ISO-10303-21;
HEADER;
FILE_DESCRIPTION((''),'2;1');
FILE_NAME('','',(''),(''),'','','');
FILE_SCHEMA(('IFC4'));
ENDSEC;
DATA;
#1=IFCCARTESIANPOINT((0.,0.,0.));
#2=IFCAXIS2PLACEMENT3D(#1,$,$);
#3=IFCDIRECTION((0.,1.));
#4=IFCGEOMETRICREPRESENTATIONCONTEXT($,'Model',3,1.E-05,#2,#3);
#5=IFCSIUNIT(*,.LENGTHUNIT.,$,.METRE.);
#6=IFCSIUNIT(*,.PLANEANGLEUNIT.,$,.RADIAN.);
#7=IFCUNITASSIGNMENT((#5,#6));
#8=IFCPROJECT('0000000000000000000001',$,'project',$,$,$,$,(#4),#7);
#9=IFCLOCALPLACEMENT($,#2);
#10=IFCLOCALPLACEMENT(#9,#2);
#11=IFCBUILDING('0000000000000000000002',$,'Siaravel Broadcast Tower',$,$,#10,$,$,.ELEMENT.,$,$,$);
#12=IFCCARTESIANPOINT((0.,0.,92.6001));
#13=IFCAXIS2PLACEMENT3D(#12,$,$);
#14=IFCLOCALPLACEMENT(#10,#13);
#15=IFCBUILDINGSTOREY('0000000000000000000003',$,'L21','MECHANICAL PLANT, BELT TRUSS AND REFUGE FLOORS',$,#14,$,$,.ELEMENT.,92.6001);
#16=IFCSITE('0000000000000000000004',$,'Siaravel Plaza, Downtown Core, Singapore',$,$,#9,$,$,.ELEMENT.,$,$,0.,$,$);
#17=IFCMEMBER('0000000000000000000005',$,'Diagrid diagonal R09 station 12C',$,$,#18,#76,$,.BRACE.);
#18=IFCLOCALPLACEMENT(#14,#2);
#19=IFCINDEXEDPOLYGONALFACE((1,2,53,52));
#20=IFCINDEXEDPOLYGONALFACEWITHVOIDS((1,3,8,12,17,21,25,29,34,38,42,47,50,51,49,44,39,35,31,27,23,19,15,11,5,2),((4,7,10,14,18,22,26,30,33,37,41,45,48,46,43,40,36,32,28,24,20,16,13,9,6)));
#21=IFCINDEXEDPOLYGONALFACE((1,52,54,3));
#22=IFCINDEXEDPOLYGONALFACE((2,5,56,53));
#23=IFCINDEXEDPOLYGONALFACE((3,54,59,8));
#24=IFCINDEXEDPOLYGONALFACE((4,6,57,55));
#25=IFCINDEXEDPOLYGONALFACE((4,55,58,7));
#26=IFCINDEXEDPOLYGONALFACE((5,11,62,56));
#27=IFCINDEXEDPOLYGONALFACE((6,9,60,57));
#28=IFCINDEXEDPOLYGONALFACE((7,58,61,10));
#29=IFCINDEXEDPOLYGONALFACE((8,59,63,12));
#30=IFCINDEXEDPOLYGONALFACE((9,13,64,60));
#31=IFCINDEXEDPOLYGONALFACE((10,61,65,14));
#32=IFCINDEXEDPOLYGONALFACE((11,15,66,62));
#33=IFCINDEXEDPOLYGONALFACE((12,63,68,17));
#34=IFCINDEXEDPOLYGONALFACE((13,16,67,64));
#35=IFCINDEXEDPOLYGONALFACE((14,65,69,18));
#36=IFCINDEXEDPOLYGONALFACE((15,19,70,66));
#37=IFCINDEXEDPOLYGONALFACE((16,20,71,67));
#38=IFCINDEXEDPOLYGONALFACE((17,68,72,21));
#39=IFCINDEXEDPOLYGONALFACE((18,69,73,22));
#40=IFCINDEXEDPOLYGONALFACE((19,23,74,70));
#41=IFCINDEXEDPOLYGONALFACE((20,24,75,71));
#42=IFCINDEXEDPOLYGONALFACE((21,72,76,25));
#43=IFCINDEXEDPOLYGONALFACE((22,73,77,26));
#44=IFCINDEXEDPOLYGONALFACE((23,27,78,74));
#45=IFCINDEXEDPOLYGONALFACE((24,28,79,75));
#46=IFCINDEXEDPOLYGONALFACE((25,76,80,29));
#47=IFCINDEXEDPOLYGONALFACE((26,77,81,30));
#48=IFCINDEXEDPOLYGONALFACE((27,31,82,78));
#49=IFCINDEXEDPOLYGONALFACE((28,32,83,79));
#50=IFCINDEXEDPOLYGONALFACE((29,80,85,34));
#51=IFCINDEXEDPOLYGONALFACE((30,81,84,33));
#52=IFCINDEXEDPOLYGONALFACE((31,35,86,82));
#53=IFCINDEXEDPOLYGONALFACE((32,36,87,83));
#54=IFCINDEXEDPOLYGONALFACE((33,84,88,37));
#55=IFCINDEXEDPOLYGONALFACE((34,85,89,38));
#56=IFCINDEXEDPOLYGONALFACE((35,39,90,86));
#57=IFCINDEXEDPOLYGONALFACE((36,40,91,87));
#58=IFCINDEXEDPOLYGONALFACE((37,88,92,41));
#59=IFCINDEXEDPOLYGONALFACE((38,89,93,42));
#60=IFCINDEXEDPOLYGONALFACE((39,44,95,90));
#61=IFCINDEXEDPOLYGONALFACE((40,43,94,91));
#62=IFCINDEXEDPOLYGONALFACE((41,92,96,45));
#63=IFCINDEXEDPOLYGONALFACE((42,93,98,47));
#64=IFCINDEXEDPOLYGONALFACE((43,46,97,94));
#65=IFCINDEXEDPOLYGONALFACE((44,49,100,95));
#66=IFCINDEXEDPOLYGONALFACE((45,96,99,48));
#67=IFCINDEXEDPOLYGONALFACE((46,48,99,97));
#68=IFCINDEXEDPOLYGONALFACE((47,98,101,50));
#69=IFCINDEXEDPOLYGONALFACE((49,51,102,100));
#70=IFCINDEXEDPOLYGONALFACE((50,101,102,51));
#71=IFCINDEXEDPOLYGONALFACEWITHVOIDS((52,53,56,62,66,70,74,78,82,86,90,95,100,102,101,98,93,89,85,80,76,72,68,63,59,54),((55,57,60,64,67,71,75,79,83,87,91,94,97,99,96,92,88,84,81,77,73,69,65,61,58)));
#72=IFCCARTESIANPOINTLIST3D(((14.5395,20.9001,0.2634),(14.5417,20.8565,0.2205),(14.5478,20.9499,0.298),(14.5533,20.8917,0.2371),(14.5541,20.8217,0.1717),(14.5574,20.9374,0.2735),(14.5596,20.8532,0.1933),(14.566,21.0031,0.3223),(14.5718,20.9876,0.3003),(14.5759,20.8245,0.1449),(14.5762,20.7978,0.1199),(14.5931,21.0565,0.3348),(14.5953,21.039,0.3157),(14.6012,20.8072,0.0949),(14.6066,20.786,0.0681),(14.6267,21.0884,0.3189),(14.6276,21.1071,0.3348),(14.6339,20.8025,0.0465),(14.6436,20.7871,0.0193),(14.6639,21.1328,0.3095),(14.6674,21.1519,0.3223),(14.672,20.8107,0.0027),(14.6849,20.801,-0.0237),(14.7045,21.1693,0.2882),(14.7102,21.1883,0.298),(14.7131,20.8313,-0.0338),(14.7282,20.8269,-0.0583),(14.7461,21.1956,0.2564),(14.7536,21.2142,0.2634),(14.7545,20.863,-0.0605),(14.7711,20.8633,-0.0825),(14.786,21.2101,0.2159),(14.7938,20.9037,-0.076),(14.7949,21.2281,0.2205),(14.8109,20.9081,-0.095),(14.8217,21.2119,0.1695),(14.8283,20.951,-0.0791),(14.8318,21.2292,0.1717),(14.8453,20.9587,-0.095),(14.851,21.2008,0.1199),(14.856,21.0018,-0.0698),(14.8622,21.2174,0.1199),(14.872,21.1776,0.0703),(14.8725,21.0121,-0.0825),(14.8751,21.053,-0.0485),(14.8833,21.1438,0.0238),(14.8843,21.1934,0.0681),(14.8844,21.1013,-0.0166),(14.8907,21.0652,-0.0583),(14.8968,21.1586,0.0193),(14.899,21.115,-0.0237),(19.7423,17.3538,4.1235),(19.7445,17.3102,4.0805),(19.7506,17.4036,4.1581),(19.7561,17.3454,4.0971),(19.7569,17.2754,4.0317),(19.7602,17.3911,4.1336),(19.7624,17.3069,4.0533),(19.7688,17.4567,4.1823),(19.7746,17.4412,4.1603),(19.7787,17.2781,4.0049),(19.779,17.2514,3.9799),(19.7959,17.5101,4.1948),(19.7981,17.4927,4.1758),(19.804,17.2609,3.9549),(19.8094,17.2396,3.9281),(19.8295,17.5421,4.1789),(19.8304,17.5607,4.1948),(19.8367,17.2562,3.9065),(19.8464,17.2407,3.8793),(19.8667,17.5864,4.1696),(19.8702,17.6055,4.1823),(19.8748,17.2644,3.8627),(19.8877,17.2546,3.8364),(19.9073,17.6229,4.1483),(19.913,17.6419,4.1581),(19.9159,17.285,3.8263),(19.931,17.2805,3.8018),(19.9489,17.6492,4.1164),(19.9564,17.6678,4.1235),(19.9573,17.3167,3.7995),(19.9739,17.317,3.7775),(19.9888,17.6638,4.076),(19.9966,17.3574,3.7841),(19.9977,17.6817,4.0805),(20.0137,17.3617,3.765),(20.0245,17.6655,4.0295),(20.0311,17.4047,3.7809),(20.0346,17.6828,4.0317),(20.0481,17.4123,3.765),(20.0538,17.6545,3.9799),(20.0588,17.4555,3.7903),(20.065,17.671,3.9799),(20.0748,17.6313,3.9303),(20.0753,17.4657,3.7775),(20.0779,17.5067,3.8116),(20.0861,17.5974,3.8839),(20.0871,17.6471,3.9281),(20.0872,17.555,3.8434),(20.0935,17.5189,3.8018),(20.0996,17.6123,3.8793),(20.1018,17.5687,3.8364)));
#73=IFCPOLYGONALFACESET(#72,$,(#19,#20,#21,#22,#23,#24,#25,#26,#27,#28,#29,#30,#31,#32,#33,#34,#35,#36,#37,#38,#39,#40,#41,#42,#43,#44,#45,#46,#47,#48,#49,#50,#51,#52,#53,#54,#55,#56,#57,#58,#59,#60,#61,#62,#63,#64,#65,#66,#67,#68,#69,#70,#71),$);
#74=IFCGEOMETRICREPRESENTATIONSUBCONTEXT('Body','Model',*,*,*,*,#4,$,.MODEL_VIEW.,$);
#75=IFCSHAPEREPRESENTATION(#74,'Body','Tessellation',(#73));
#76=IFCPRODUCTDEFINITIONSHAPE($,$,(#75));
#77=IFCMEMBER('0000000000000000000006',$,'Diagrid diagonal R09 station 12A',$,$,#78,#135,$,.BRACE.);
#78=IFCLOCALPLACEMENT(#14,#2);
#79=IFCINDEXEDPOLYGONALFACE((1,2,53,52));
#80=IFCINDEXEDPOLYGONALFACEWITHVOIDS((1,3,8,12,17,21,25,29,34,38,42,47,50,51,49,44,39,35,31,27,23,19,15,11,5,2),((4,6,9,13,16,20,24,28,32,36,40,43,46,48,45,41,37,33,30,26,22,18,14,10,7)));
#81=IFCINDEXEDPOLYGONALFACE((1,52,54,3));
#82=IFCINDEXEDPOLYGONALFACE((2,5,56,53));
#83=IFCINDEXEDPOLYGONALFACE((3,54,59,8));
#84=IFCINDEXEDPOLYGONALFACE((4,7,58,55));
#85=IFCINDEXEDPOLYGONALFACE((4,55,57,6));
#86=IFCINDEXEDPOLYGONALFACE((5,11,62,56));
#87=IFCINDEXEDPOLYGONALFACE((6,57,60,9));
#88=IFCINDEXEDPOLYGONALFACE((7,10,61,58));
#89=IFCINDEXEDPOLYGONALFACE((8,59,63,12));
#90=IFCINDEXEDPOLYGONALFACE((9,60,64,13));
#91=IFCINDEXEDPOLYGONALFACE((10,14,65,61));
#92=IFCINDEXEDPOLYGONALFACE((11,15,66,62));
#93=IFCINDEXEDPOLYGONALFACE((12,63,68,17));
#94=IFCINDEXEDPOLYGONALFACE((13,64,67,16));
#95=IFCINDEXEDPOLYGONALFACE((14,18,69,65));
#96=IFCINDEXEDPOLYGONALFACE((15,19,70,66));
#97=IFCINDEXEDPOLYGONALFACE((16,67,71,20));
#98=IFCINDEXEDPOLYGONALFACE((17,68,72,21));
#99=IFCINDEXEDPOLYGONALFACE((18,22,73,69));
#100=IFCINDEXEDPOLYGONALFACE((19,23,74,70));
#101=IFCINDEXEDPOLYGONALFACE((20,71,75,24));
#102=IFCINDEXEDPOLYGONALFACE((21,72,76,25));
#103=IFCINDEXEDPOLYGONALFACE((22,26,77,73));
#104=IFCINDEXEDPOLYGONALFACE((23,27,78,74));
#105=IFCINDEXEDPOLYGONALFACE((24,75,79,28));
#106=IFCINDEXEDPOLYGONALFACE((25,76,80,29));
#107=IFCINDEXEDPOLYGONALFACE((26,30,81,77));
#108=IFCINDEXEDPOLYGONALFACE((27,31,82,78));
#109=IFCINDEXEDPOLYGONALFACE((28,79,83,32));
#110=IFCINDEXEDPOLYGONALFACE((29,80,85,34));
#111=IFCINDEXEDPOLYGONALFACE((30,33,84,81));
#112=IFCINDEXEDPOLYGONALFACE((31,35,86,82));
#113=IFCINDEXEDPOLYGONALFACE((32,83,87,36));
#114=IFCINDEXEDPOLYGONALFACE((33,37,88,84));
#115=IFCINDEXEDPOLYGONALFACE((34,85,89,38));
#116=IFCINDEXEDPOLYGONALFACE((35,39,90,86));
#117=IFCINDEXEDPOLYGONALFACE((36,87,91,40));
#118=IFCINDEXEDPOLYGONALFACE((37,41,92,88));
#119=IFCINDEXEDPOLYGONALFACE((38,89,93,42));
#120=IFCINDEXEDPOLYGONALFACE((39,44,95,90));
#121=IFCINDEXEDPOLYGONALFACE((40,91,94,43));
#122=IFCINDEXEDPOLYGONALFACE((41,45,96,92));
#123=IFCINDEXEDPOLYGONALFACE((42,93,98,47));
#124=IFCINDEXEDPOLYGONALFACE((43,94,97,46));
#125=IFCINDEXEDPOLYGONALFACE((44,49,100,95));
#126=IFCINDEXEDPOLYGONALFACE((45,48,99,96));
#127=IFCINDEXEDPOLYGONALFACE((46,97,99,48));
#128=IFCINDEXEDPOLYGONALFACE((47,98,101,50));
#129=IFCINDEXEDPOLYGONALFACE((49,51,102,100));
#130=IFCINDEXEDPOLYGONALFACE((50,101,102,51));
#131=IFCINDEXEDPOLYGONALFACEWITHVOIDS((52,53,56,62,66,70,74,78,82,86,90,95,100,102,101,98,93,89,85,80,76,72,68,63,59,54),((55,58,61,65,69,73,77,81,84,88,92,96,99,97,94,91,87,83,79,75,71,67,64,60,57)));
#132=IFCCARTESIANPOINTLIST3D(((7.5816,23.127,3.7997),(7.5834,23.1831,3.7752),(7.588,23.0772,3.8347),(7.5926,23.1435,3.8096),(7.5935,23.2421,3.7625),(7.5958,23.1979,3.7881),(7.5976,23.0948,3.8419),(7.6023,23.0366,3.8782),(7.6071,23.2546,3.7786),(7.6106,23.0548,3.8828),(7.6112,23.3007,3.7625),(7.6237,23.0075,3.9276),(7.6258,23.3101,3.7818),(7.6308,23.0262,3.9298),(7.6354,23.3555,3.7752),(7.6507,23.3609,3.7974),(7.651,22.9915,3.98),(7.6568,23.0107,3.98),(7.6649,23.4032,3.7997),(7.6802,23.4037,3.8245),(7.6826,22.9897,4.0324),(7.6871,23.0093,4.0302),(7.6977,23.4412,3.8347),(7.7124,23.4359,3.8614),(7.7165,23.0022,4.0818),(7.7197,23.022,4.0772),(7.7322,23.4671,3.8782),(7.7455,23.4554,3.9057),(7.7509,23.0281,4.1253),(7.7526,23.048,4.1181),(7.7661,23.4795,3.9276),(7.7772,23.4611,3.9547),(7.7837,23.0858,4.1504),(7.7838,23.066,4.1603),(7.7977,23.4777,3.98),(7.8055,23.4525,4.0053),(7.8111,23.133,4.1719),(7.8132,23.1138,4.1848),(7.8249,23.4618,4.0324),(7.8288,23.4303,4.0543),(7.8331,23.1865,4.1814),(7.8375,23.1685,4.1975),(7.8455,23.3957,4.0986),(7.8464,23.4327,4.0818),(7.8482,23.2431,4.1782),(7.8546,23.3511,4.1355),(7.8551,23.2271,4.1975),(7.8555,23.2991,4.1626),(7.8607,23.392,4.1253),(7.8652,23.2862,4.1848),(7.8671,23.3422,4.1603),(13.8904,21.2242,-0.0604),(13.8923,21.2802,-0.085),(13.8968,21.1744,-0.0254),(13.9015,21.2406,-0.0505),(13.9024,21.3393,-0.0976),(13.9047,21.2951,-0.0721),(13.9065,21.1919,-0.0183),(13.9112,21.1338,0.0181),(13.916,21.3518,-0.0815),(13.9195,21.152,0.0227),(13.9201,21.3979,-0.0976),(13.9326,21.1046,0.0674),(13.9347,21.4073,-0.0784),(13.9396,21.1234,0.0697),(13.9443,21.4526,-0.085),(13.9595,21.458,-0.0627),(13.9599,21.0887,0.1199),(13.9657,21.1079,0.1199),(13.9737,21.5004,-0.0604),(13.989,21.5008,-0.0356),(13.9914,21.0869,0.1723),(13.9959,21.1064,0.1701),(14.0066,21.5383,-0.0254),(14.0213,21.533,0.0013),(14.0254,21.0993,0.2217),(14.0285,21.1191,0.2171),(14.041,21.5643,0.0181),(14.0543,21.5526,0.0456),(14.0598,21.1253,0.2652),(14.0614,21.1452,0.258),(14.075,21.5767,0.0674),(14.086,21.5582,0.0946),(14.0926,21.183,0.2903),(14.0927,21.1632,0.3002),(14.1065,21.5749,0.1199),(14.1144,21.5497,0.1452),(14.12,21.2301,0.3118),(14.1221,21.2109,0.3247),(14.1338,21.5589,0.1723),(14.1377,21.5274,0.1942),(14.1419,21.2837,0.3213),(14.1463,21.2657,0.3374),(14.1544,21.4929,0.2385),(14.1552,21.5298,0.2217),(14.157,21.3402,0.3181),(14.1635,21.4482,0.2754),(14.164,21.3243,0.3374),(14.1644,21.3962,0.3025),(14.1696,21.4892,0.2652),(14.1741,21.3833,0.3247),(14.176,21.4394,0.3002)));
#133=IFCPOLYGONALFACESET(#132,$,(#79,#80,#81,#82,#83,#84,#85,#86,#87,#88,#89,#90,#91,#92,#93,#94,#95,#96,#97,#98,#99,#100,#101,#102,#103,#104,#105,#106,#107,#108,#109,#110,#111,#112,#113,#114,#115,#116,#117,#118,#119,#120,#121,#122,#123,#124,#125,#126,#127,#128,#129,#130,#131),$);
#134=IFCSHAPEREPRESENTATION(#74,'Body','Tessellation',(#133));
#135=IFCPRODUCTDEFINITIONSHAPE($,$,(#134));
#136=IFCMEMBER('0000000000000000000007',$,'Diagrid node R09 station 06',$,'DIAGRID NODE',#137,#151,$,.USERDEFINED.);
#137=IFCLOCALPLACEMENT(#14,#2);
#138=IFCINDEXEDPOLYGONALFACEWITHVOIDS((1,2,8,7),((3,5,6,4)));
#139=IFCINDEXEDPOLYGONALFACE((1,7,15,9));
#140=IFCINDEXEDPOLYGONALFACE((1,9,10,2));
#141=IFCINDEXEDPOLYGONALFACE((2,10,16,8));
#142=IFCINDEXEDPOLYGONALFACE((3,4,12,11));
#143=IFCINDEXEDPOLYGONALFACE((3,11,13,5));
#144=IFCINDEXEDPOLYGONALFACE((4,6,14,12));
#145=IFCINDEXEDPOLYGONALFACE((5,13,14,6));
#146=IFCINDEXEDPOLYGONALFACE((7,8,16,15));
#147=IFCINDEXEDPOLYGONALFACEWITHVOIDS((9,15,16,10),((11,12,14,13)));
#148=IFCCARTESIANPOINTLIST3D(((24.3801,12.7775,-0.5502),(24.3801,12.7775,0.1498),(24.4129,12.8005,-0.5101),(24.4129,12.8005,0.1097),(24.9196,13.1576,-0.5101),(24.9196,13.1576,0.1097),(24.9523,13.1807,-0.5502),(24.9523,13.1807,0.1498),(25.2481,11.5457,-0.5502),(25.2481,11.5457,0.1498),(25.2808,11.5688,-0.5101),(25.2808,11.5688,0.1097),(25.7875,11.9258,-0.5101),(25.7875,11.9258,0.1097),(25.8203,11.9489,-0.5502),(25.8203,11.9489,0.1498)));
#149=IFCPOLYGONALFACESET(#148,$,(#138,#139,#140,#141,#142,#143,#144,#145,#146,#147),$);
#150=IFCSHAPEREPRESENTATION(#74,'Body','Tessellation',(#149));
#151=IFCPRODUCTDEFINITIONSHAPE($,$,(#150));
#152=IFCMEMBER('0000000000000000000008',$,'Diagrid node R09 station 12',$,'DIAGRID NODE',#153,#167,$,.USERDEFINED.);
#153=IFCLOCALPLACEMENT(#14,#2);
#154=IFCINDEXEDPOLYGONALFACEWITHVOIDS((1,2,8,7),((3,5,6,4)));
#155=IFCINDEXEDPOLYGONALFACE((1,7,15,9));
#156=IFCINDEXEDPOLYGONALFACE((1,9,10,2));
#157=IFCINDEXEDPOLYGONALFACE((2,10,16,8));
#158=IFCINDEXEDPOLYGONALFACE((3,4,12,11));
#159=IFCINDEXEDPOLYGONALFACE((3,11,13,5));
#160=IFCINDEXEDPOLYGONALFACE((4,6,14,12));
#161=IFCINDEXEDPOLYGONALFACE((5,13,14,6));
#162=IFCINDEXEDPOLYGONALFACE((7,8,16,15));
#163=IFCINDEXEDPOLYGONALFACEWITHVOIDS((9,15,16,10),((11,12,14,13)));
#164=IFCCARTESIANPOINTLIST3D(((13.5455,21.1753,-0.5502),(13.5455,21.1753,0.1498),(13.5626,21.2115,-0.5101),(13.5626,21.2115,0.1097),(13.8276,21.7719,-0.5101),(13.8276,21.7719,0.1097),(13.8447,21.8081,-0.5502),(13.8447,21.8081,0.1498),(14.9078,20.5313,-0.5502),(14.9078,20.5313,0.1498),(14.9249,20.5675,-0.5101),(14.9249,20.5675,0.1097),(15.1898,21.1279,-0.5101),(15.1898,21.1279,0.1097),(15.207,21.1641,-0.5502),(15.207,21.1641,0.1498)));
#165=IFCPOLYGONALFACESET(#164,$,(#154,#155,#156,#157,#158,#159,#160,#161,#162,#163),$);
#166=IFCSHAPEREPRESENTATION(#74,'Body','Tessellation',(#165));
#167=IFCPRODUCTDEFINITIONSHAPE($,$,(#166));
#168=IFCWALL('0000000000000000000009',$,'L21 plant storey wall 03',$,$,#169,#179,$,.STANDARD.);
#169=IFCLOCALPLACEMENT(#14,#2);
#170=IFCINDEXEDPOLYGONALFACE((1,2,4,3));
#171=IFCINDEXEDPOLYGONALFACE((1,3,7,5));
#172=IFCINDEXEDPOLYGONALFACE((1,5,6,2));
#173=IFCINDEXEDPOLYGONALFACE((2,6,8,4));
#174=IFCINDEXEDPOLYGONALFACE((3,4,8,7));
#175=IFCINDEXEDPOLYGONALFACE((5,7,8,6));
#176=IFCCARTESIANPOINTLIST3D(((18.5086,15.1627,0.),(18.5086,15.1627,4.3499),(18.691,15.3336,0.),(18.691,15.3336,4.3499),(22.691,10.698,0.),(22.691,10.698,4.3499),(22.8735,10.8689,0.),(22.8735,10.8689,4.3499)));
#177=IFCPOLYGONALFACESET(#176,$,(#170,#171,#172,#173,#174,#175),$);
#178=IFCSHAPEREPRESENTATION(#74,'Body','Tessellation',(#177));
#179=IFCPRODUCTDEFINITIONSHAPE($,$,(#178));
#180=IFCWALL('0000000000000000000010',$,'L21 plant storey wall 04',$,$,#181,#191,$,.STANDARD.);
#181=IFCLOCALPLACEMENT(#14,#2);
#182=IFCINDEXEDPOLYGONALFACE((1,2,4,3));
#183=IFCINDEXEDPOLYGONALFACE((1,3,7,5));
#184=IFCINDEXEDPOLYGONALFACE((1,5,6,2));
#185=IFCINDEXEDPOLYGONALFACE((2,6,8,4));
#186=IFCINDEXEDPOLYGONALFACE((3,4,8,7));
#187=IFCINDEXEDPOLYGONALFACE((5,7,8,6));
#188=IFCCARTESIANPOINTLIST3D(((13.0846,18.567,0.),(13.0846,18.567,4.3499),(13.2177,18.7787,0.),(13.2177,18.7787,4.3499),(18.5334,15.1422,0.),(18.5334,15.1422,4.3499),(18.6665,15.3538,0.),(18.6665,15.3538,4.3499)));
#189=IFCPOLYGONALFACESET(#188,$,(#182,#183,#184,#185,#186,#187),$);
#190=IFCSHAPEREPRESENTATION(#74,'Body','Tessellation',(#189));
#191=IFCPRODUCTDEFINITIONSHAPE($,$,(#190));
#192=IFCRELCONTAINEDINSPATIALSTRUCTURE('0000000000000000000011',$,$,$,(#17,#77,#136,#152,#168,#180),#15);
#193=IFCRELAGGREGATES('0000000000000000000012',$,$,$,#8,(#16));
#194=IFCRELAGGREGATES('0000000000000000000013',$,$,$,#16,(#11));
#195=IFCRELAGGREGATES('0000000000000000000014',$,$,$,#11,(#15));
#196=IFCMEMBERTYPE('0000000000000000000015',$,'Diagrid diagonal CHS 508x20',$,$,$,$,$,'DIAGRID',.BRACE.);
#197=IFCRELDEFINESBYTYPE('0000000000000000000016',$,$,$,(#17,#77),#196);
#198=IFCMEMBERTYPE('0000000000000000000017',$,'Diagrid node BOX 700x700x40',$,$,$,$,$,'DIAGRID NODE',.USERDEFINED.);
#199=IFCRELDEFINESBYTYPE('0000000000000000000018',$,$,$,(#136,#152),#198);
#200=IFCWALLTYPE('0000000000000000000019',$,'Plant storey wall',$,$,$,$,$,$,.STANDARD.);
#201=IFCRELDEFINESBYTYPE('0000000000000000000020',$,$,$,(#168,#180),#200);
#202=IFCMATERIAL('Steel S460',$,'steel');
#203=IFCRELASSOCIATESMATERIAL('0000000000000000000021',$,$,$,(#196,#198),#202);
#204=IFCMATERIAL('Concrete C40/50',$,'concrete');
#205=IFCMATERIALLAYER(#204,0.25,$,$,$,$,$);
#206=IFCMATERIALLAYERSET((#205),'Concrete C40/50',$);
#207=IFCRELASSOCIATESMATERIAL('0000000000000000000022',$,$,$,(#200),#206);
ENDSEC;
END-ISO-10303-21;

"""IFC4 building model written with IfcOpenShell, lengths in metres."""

from ifc_helpers import new_model, si_unit, direction, frame, frame_2d, origin, origin_2d, place, context, subcontext, project, spatial, rectangle, hollow_rectangle, hollow_circle, extrude, material, layer, layer_set, material_profile, profile_set, type_object, element, save


model = new_model("IFC4")

# Units and contexts
model_context = context("Model", 3, precision=1e-05, world=origin(), true_north=direction((0.0, 1.0)))
body_context = subcontext(model_context, "Body", "Model", "MODEL_VIEW")
ifc_project = project(units=[si_unit("LENGTHUNIT", "METRE"), si_unit("PLANEANGLEUNIT", "RADIAN")], contexts=[model_context])

# Site, building, storey
site_placement = place(None, origin())
site = spatial("IfcSite", under=ifc_project, at=site_placement, Name="Siaravel Plaza, Downtown Core, Singapore", CompositionType="ELEMENT", RefElevation=0.0)
building_placement = place(site_placement, origin())
building = spatial("IfcBuilding", under=site, at=building_placement, Name="Siaravel Broadcast Tower", CompositionType="ELEMENT")
storey_placement = place(building_placement, frame((0.0, 0.0, 92.6001)))
storey = spatial("IfcBuildingStorey", under=building, at=storey_placement, Name="L21", Description="MECHANICAL PLANT, BELT TRUSS AND REFUGE FLOORS", CompositionType="ELEMENT", Elevation=92.6001)

# Shared definitions
ifc_material_1 = material(Name="Steel S460", Category="steel")

# Members
ifc_material_profile_1 = material_profile(ifc_material_1, hollow_circle(Radius=0.2539, WallThickness=0.02, at=origin_2d()))
ifc_profile_set_1 = profile_set([ifc_material_profile_1], Name="Steel S460")
member_type_1 = type_object("IfcMemberType", Name="Diagrid diagonal CHS 508x20", ElementType="DIAGRID", PredefinedType="BRACE", material=ifc_profile_set_1)
member_1_placement = place(storey_placement, frame((14.7192, 21.0076, 0.1199), z_axis=(0.704462, -0.480175, 0.522652), x_axis=(0.563225, 0.826304, 0.0)))
element("IfcMember", 1, at=member_1_placement, inside=storey, type_object=member_type_1, Name="Diagrid diagonal R09 station 12C", PredefinedType="BRACE", context=body_context, shape_type="SweptSolid", body=[
    extrude(hollow_circle(Radius=0.2539, WallThickness=0.02, at=origin_2d()), origin(), (0.0, 0.0, 1.0), 7.3855),
])
member_2_placement = place(storey_placement, frame((14.0332, 21.3318, 0.1199), z_axis=(-0.826097, 0.249162, 0.505453), x_axis=(-0.288765, -0.9574, 0.0)))
element("IfcMember", 2, at=member_2_placement, inside=storey, type_object=member_type_1, Name="Diagrid diagonal R09 station 12A", PredefinedType="BRACE", context=body_context, shape_type="SweptSolid", body=[
    extrude(hollow_circle(Radius=0.2539, WallThickness=0.02, at=origin_2d()), origin(), (0.0, 0.0, 1.0), 7.637),
])
ifc_material_profile_2 = material_profile(ifc_material_1, hollow_rectangle(XDim=0.7, YDim=0.7, WallThickness=0.04, at=origin_2d()))
ifc_profile_set_2 = profile_set([ifc_material_profile_2], Name="Steel S460")
member_type_2 = type_object("IfcMemberType", Name="Diagrid node BOX 700x700x40", ElementType="DIAGRID NODE", PredefinedType="USERDEFINED", material=ifc_profile_set_2)
for number, where, z_axis, x_axis, name in (
    (3, (25.5342, 11.7473, -0.2002), (-0.576015, 0.817439, 0.0), (-0.817439, -0.576015, 0.0), "Diagrid node R09 station 06"),
    (4, (15.0574, 20.8477, -0.2002), (-0.904061, 0.427404, 0.0), (-0.427404, -0.904061, 0.0), "Diagrid node R09 station 12"),
):
    element("IfcMember", number, at=place(storey_placement, frame(where, z_axis=z_axis, x_axis=x_axis)), inside=storey, type_object=member_type_2, Name=name, ObjectType="DIAGRID NODE", PredefinedType="USERDEFINED", context=body_context, shape_type="SweptSolid", body=[
        extrude(hollow_rectangle(XDim=0.7, YDim=0.7, WallThickness=0.04, at=origin_2d()), origin(), (0.0, 0.0, 1.0), 1.5068),
    ])

# Walls
ifc_material_2 = material(Name="Concrete C40/50", Category="concrete")
ifc_layer_1 = layer(ifc_material_2, 0.25)
ifc_layer_set_1 = layer_set([ifc_layer_1], Name="Concrete C40/50")
wall_type = type_object("IfcWallType", Name="Plant storey wall", PredefinedType="STANDARD", material=ifc_layer_set_1)
wall_1_placement = place(storey_placement, frame((22.7822, 10.7834, 0.0), z_axis=(0.0, 0.0, 1.0), x_axis=(-0.683664, 0.729797, 0.0)))
element("IfcWall", 5, at=wall_1_placement, inside=storey, type_object=wall_type, Name="L21 plant storey wall 03", PredefinedType="STANDARD", context=body_context, shape_type="SweptSolid", body=[
    extrude(rectangle(XDim=6.1177, YDim=0.25, at=frame_2d((3.0588, 0.0))), origin(), (0.0, 0.0, 1.0), 4.3499),
])
wall_2_placement = place(storey_placement, frame((18.5999, 15.248, 0.0), z_axis=(0.0, 0.0, 1.0), x_axis=(-0.846644, 0.532159, 0.0)))
element("IfcWall", 6, at=wall_2_placement, inside=storey, type_object=wall_type, Name="L21 plant storey wall 04", PredefinedType="STANDARD", context=body_context, shape_type="SweptSolid", body=[
    extrude(rectangle(XDim=6.4358, YDim=0.25, at=frame_2d((3.2178, 0.0))), origin(), (0.0, 0.0, 1.0), 4.3499),
])

save(model, "model.ifc")
